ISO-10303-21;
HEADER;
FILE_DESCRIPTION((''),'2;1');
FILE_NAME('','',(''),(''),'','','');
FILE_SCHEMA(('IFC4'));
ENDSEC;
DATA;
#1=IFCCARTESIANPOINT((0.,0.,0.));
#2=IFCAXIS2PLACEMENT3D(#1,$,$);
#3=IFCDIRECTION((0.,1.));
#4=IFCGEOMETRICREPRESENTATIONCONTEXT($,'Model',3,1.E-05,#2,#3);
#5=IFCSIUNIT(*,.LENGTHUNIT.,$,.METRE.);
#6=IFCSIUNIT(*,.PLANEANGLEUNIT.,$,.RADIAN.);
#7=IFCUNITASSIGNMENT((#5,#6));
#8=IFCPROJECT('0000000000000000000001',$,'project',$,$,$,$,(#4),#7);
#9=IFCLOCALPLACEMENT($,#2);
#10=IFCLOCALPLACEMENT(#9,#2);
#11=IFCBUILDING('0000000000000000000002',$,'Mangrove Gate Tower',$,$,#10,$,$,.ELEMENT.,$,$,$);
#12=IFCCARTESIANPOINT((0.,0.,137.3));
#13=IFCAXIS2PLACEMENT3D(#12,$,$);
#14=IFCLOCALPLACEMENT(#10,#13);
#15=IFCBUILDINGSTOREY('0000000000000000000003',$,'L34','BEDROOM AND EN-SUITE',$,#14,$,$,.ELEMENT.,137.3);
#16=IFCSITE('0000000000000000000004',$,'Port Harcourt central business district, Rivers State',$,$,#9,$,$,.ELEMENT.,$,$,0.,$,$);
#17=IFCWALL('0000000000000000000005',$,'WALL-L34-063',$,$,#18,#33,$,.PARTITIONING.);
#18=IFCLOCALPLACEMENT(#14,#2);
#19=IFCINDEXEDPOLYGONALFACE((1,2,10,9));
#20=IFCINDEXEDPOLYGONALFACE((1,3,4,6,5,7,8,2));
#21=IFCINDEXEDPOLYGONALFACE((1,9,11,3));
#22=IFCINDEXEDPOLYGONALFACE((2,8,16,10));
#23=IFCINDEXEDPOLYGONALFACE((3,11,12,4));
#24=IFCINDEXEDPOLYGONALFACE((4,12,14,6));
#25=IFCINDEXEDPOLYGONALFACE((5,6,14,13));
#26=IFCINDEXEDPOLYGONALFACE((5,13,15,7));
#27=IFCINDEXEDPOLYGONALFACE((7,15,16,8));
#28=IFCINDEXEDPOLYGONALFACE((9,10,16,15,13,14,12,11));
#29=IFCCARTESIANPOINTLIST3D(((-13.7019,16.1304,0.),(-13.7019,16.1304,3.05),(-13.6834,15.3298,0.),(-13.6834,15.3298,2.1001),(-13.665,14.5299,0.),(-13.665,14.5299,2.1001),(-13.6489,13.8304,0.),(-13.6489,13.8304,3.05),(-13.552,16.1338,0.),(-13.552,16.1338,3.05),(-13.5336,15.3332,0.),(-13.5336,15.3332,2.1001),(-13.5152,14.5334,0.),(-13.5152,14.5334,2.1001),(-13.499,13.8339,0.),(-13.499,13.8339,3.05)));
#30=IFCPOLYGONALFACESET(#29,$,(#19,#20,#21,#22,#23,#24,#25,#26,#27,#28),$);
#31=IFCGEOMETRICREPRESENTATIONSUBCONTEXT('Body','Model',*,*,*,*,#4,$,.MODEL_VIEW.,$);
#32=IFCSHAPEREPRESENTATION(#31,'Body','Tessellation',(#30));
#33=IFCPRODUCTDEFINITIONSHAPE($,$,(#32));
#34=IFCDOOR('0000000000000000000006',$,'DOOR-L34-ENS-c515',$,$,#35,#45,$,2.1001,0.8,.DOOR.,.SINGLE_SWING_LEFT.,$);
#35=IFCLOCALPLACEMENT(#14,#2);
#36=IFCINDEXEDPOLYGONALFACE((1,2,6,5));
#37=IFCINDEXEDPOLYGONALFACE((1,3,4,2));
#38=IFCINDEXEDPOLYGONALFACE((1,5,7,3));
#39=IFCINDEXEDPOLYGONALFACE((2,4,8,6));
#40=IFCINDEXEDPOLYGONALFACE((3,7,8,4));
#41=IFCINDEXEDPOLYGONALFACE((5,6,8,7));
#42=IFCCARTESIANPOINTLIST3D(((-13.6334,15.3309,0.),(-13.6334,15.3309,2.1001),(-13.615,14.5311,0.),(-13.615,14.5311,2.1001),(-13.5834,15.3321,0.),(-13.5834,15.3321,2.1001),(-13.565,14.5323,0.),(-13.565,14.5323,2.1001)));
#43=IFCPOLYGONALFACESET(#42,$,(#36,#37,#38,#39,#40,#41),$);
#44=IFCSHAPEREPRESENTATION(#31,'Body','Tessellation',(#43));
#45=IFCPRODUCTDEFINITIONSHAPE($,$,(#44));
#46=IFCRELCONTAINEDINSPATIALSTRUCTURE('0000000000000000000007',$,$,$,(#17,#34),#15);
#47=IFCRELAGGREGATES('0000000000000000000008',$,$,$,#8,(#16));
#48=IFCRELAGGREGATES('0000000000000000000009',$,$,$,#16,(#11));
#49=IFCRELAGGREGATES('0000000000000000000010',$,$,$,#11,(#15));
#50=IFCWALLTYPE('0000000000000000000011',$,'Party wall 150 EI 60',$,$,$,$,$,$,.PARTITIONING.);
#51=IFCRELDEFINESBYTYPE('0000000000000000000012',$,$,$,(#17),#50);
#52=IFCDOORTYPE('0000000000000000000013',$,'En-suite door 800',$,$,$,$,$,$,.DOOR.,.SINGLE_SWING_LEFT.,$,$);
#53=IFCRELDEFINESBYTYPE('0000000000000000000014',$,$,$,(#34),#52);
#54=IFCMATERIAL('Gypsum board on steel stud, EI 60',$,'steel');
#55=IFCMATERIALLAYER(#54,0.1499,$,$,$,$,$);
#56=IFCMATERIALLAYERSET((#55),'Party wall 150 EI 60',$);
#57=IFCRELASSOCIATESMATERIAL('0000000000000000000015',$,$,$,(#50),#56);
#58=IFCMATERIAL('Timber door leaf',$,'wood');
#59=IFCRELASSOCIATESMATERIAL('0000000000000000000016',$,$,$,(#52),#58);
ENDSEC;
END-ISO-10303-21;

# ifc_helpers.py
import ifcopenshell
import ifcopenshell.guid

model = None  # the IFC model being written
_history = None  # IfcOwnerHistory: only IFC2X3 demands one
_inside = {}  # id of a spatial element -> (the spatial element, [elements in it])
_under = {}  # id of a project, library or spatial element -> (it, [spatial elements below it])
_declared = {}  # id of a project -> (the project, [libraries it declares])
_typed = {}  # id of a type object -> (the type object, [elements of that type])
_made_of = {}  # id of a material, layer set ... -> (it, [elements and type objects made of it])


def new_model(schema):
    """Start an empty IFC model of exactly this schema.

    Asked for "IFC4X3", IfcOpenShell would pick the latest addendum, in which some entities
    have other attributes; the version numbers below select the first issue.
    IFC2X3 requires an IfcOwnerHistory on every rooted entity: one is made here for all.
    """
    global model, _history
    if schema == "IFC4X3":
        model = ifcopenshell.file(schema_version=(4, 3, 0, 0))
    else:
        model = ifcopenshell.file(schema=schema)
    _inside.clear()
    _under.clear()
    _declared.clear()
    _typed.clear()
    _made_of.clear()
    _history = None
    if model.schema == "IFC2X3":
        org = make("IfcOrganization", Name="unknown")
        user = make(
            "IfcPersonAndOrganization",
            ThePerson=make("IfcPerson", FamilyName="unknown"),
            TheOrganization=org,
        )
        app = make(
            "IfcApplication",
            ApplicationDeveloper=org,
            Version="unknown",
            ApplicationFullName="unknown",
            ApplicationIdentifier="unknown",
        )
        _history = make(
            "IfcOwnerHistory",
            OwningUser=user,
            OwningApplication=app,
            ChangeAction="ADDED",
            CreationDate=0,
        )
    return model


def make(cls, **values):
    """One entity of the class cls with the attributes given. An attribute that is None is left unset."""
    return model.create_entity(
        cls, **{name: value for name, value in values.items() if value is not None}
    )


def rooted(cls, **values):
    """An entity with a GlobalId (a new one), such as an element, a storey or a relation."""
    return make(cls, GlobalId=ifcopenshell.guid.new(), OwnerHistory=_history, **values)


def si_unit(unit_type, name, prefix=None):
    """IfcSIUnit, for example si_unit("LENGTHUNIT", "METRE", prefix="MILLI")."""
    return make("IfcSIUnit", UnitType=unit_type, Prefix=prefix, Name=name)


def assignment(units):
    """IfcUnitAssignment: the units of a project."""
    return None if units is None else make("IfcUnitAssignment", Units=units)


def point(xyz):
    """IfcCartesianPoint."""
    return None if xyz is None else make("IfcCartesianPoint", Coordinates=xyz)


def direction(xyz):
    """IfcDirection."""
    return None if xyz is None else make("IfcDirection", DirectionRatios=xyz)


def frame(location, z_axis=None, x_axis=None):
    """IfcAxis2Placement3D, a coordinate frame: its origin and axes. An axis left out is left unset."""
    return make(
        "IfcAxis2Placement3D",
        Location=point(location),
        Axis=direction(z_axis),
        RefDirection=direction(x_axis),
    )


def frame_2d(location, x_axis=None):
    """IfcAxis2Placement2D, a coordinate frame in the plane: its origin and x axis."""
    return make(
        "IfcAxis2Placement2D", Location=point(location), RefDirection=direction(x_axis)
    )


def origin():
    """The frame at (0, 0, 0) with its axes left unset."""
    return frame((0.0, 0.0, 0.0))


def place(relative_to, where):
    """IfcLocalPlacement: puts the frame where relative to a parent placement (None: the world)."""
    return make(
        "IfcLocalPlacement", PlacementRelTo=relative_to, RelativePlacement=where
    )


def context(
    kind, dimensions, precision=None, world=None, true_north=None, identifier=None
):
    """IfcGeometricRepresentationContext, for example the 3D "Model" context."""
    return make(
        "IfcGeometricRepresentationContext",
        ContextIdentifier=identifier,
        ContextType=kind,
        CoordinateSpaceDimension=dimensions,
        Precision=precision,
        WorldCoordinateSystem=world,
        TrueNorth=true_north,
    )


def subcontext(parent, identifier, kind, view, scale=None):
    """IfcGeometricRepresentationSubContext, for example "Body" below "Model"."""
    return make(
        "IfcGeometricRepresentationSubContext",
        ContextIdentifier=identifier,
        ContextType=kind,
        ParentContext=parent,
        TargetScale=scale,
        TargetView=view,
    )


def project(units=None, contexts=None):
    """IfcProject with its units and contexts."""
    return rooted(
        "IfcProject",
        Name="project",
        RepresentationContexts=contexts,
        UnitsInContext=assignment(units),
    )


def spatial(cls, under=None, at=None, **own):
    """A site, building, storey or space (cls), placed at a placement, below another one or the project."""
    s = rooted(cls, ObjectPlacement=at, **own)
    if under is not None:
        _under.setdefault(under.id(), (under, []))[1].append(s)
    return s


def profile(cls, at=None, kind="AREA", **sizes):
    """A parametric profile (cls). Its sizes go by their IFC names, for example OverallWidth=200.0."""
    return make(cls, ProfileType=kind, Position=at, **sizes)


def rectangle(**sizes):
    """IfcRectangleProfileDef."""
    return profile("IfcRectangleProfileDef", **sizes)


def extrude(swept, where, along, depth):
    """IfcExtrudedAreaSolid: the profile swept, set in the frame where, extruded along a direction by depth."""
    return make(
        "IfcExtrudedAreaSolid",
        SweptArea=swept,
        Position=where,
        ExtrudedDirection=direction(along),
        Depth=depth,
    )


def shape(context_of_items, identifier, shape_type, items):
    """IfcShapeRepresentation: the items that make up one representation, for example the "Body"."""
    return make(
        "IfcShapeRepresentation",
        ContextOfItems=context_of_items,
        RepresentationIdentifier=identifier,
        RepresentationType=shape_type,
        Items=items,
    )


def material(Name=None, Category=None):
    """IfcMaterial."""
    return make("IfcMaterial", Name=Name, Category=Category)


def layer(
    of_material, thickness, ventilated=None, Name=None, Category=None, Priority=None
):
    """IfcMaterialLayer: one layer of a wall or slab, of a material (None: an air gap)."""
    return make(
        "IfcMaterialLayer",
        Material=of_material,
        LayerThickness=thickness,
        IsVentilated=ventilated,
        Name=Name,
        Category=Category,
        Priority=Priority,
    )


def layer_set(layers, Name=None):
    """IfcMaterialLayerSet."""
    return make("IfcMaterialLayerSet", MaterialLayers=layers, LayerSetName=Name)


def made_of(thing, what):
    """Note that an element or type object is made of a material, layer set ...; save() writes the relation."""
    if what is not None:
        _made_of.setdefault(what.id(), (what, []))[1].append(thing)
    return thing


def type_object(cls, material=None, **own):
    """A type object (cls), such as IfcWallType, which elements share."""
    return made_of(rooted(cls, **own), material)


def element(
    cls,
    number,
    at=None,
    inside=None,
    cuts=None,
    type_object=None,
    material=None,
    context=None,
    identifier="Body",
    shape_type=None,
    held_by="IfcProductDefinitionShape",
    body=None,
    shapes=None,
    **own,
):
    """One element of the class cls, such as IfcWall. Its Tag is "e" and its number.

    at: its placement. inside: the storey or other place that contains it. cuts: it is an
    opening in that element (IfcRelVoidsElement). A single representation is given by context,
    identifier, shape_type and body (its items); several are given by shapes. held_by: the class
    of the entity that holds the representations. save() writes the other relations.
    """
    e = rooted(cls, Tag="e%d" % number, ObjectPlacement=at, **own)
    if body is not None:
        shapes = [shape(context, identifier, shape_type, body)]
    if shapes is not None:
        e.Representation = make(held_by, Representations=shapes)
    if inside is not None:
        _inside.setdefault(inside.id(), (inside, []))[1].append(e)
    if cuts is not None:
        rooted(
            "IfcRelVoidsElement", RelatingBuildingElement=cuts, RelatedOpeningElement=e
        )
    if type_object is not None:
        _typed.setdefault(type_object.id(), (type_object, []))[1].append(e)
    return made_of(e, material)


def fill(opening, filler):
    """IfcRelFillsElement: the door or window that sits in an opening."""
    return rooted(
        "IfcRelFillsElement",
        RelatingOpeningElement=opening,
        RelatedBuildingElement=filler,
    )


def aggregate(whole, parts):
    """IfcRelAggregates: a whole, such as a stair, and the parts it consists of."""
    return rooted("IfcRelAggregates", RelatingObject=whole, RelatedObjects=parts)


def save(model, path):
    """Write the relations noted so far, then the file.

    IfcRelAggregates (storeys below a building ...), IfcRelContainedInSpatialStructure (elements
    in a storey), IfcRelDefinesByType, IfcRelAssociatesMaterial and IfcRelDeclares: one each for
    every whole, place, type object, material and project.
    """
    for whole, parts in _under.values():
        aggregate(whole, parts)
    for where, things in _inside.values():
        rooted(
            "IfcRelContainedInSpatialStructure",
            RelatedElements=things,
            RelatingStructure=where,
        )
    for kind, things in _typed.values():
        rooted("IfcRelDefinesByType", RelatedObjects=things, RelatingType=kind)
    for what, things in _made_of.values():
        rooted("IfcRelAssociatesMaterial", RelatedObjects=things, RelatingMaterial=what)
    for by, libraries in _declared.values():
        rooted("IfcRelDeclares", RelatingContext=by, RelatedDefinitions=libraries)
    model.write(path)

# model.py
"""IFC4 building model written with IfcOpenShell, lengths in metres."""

from ifc_helpers import new_model, si_unit, direction, frame, frame_2d, origin, place, context, subcontext, project, spatial, rectangle, extrude, material, layer, layer_set, type_object, element, fill, save


model = new_model("IFC4")

# Units and contexts
model_context = context("Model", 3, precision=1e-05, world=origin(), true_north=direction((0.0, 1.0)))
body_context = subcontext(model_context, "Body", "Model", "MODEL_VIEW")
ifc_project = project(units=[si_unit("LENGTHUNIT", "METRE"), si_unit("PLANEANGLEUNIT", "RADIAN")], contexts=[model_context])

# Site, building, storey
site_placement = place(None, origin())
site = spatial("IfcSite", under=ifc_project, at=site_placement, Name="Port Harcourt central business district, Rivers State", CompositionType="ELEMENT", RefElevation=0.0)
building_placement = place(site_placement, origin())
building = spatial("IfcBuilding", under=site, at=building_placement, Name="Mangrove Gate Tower", CompositionType="ELEMENT")
storey_placement = place(building_placement, frame((0.0, 0.0, 137.3)))
storey = spatial("IfcBuildingStorey", under=building, at=storey_placement, Name="L34", Description="BEDROOM AND EN-SUITE", CompositionType="ELEMENT", Elevation=137.3)

# Shared definitions
ifc_material_1 = material(Name="Gypsum board on steel stud, EI 60", Category="steel")
ifc_layer_1 = layer(ifc_material_1, 0.1499)
ifc_layer_set_1 = layer_set([ifc_layer_1], Name="Party wall 150 EI 60")
wall_type_1 = type_object("IfcWallType", Name="Party wall 150 EI 60", PredefinedType="PARTITIONING", material=ifc_layer_set_1)

# Wall, opening, door
wall_1_placement = place(storey_placement, frame((-13.574, 13.832, 0.0), z_axis=(0.0, 0.0, 1.0), x_axis=(-0.023028, 0.999735, 0.0)))
wall_1 = element("IfcWall", 1, at=wall_1_placement, inside=storey, type_object=wall_type_1, Name="WALL-L34-063", PredefinedType="PARTITIONING", context=body_context, shape_type="SweptSolid", body=[
    extrude(rectangle(XDim=2.3005, YDim=0.1499, at=frame_2d((1.1504, 0.0))), origin(), (0.0, 0.0, 1.0), 3.05),
])
opening_1_placement = place(wall_1_placement, frame((0.7, 0.0, 0.0)))
opening_1 = element("IfcOpeningElement", 2, at=opening_1_placement, cuts=wall_1, PredefinedType="OPENING", context=body_context, shape_type="SweptSolid", body=[
    extrude(rectangle(XDim=0.8, YDim=2.1001, at=frame_2d((0.3999, 1.05))), frame((0.0, 0.085, 0.0), z_axis=(0.0, -1.0, 0.0), x_axis=(1.0, 0.0, 0.0)), (0.0, 0.0, 1.0), 0.1699),
])
ifc_material_2 = material(Name="Timber door leaf", Category="wood")
door_type_1 = type_object("IfcDoorType", Name="En-suite door 800", OperationType="SINGLE_SWING_LEFT", PredefinedType="DOOR", material=ifc_material_2)
door_1_placement = place(opening_1_placement, origin())
door_1 = element("IfcDoor", 3, at=door_1_placement, inside=storey, type_object=door_type_1, Name="DOOR-L34-ENS-c515", OperationType="SINGLE_SWING_LEFT", OverallHeight=2.1001, OverallWidth=0.8, PredefinedType="DOOR", context=body_context, shape_type="SweptSolid", body=[
    extrude(rectangle(XDim=0.8, YDim=2.1001, at=frame_2d((0.3999, 1.05))), frame((0.0, 0.0249, 0.0), z_axis=(0.0, -1.0, 0.0), x_axis=(1.0, 0.0, 0.0)), (0.0, 0.0, 1.0), 0.05),
])
fill(opening_1, door_1)

save(model, "model.ifc")
